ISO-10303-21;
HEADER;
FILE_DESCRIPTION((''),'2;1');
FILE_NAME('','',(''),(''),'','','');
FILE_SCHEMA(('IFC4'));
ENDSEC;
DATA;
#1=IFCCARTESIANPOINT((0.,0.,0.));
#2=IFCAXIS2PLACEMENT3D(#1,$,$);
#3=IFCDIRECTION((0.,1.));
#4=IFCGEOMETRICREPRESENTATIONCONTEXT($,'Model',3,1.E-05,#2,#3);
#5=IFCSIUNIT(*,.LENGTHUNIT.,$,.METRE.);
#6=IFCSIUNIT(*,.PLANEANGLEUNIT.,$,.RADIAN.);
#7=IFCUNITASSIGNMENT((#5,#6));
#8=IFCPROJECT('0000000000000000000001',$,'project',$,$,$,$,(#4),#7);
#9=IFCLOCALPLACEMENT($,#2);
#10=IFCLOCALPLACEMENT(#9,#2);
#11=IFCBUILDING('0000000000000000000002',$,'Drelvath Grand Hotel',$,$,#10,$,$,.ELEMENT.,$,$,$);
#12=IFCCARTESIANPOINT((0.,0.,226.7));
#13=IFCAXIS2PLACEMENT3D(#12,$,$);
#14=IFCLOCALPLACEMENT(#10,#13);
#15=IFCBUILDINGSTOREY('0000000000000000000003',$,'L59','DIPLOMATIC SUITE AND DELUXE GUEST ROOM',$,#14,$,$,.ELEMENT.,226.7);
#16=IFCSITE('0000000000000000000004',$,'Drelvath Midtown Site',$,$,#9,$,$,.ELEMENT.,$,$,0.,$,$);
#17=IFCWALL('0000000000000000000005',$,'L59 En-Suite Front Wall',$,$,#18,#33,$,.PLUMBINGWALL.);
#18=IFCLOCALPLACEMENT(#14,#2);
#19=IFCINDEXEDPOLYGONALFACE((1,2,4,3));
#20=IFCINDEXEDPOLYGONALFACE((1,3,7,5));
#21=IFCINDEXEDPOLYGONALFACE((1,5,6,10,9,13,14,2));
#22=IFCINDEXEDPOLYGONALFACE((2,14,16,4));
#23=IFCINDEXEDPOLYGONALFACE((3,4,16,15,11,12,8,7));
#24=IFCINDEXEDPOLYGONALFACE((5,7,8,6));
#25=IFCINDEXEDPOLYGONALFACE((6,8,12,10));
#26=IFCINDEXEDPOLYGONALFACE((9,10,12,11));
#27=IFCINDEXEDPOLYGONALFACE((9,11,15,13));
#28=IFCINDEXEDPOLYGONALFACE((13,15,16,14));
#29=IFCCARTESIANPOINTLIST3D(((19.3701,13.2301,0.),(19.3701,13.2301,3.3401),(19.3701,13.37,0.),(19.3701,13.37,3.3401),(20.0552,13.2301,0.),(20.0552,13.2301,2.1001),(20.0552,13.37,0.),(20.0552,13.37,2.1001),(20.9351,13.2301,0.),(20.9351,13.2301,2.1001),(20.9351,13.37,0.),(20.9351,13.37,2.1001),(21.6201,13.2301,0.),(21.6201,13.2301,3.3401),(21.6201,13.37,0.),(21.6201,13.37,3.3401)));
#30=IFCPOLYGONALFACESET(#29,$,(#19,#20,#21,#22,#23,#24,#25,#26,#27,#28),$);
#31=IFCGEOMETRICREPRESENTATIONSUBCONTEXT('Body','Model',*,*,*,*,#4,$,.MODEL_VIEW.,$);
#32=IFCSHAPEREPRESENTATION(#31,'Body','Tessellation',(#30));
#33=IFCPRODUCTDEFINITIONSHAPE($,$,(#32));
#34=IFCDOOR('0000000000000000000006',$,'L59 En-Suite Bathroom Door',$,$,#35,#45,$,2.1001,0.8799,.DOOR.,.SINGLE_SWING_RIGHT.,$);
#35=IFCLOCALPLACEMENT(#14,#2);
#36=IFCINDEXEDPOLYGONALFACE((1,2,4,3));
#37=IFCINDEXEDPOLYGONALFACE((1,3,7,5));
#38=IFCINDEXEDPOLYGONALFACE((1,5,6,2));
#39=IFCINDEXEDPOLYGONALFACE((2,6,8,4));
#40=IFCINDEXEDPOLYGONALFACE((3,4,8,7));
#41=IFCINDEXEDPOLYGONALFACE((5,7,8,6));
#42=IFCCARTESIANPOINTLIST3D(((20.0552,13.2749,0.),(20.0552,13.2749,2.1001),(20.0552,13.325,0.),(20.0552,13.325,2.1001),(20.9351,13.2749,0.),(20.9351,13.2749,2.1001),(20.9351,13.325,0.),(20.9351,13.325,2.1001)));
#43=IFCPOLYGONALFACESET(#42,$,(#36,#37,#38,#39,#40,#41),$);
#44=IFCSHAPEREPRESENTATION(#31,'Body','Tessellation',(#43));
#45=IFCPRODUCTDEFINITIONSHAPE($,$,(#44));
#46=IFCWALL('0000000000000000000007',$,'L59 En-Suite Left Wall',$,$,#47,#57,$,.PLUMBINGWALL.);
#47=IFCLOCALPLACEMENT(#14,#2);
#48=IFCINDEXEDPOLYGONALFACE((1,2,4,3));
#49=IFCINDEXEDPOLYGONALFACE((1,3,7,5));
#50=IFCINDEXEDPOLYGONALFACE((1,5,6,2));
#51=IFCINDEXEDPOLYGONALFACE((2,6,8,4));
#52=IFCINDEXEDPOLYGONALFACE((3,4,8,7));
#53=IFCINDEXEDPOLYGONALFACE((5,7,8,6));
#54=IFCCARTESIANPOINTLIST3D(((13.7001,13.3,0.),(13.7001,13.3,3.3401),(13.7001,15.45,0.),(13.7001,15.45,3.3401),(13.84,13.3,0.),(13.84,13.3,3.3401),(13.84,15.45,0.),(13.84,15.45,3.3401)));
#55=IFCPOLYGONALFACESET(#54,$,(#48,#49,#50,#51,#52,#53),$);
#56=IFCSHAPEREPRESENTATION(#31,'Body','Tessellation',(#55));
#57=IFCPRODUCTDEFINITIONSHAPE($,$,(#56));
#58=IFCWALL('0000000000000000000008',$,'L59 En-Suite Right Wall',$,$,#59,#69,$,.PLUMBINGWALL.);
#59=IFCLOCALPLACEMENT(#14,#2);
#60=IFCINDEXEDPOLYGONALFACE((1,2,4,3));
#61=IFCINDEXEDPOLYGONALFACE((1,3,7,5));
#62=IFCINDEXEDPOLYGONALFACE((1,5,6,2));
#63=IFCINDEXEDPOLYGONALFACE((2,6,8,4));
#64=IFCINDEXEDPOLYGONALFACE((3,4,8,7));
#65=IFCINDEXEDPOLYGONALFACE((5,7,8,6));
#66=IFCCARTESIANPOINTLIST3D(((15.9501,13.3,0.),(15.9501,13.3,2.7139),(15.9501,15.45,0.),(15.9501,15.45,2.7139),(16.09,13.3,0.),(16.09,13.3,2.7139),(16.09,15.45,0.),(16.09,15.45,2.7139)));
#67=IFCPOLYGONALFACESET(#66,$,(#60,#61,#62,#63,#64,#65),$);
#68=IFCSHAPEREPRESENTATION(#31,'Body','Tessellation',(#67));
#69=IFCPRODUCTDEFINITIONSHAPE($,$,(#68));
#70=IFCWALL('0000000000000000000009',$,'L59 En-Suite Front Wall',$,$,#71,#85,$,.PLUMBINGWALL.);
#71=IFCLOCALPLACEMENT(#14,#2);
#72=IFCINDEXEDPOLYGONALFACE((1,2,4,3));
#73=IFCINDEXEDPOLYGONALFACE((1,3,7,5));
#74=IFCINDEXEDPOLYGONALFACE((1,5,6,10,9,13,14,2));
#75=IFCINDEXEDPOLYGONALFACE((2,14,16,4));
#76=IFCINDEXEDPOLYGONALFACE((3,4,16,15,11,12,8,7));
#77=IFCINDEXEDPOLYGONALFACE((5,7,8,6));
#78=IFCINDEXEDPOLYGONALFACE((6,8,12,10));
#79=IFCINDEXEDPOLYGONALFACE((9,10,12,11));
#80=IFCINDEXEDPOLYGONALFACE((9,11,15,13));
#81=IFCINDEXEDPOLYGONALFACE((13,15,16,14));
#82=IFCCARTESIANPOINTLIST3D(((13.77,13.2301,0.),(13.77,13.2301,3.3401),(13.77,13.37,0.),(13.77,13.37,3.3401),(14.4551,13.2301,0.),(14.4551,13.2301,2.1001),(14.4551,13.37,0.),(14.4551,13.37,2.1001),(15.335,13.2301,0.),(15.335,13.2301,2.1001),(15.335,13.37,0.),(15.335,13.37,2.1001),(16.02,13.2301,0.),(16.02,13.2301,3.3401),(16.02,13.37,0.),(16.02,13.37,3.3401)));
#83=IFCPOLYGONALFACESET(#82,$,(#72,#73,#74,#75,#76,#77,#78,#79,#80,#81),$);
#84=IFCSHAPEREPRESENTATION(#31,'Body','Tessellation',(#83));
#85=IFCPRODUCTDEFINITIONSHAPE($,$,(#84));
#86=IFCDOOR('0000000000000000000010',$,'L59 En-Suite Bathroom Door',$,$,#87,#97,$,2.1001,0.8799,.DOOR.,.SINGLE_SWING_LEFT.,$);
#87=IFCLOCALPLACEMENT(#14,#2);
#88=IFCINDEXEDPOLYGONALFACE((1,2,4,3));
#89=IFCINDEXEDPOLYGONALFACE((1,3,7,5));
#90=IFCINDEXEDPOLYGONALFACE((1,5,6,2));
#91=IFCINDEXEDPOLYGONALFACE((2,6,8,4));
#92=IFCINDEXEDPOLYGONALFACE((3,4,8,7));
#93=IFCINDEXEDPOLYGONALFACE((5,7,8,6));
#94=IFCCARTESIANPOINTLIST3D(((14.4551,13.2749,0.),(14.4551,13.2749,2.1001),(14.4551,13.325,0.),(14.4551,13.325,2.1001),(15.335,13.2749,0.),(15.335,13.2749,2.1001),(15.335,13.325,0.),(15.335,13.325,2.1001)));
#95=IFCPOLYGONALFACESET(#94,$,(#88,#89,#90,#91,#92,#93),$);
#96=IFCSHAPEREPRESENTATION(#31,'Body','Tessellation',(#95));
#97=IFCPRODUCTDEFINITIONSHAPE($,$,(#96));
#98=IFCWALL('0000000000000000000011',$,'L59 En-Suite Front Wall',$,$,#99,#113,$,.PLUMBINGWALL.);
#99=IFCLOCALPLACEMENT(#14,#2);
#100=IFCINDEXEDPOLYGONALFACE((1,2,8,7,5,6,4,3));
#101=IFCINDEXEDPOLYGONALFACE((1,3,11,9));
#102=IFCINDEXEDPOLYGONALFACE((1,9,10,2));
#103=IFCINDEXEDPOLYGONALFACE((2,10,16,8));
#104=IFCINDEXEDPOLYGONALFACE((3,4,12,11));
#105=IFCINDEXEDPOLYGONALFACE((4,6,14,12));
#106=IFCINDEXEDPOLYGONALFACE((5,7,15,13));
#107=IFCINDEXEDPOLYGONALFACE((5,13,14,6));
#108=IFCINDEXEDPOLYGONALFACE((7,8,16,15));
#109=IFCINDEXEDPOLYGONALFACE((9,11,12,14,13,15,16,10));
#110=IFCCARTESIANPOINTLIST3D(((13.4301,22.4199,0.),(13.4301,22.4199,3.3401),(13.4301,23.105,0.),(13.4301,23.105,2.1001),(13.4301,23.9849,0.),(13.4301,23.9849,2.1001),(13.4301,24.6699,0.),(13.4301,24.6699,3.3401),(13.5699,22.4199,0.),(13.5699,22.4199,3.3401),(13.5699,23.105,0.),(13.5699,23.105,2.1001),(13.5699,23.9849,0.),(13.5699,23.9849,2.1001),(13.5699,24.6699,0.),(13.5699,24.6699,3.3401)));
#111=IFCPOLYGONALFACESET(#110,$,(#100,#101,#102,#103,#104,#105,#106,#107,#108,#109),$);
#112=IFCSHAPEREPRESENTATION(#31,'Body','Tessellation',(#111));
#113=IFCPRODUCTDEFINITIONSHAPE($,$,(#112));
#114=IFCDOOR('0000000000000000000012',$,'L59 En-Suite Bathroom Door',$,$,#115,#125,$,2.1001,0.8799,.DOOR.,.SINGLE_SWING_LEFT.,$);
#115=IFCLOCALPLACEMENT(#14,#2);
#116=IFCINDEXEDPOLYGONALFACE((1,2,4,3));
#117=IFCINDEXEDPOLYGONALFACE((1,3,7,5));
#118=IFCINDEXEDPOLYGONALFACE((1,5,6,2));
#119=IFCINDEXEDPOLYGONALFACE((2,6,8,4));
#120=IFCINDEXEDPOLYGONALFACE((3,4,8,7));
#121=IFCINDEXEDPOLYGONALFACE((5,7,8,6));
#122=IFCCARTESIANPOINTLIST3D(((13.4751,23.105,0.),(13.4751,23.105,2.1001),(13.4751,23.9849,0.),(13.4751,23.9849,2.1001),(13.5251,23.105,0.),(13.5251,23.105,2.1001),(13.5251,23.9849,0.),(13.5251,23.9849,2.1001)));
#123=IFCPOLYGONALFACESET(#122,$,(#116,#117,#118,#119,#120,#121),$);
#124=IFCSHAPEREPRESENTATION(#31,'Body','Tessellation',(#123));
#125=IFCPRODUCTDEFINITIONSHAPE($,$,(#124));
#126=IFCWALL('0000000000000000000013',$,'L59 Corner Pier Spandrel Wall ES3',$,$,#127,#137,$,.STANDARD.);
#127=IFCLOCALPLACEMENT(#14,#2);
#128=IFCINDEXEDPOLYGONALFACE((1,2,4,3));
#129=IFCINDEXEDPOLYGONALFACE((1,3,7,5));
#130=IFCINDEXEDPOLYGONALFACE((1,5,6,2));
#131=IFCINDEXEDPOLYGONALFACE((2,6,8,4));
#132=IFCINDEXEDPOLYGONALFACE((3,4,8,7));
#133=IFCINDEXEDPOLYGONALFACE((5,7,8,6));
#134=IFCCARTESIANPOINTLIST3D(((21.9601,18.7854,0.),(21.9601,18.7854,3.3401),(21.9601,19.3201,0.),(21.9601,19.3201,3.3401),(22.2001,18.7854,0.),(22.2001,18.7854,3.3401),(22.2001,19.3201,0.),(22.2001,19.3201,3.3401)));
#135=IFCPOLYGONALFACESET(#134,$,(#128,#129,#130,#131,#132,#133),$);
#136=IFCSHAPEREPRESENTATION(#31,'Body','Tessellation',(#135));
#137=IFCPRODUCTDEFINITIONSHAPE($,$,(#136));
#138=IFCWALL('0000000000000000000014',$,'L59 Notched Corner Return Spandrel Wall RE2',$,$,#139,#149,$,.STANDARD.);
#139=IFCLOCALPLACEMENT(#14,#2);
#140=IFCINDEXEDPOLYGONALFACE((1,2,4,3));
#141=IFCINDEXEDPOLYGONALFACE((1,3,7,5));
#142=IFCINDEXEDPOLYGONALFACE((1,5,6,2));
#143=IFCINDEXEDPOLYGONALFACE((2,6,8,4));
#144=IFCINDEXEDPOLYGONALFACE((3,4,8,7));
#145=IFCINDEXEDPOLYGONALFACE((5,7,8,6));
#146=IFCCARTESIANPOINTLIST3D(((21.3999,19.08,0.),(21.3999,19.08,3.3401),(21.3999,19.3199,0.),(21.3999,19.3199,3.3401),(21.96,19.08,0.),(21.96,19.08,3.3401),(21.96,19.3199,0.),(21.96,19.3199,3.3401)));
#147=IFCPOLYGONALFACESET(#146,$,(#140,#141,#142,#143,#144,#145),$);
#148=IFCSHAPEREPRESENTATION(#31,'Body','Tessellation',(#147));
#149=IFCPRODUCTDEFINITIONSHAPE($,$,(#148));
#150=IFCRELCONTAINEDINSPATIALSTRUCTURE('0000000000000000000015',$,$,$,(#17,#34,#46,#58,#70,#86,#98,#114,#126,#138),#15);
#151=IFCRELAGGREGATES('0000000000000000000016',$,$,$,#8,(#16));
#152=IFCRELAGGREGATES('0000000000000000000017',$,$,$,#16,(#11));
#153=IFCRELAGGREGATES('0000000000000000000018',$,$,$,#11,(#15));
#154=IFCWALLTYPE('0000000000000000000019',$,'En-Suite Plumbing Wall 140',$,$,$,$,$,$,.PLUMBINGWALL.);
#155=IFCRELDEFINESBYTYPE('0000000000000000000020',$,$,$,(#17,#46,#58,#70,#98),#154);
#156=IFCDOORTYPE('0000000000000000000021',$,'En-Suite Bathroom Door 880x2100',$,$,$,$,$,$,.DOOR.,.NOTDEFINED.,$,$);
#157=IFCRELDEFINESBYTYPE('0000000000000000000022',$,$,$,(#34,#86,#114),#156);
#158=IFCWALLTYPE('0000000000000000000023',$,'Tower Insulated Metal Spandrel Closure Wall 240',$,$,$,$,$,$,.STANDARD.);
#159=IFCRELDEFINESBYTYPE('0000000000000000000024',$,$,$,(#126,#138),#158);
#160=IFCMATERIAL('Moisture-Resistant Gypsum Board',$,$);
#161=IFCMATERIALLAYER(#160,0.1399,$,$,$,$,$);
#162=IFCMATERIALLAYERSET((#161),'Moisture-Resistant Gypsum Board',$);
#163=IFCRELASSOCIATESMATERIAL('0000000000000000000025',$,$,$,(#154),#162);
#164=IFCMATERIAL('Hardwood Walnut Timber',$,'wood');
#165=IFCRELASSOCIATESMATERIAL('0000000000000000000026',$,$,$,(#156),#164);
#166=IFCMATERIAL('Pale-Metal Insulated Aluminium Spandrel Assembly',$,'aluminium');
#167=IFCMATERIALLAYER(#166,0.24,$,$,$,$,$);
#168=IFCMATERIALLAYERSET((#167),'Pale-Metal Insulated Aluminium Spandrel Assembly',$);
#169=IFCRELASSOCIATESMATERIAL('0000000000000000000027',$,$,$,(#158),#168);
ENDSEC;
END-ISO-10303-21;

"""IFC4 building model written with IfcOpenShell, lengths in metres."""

from ifc_helpers import new_model, si_unit, direction, frame, frame_2d, origin, place, context, subcontext, project, spatial, rectangle, extrude, material, layer, layer_set, type_object, element, fill, save


model = new_model("IFC4")

# Units and contexts
model_context = context("Model", 3, precision=1e-05, world=origin(), true_north=direction((0.0, 1.0)))
body_context = subcontext(model_context, "Body", "Model", "MODEL_VIEW")
ifc_project = project(units=[si_unit("LENGTHUNIT", "METRE"), si_unit("PLANEANGLEUNIT", "RADIAN")], contexts=[model_context])

# Site, building, storey
site_placement = place(None, origin())
site = spatial("IfcSite", under=ifc_project, at=site_placement, Name="Drelvath Midtown Site", CompositionType="ELEMENT", RefElevation=0.0)
building_placement = place(site_placement, origin())
building = spatial("IfcBuilding", under=site, at=building_placement, Name="Drelvath Grand Hotel", CompositionType="ELEMENT")
storey_placement = place(building_placement, frame((0.0, 0.0, 226.7)))
storey = spatial("IfcBuildingStorey", under=building, at=storey_placement, Name="L59", Description="DIPLOMATIC SUITE AND DELUXE GUEST ROOM", CompositionType="ELEMENT", Elevation=226.7)

# Shared definitions
ifc_material_1 = material(Name="Moisture-Resistant Gypsum Board")
ifc_layer_1 = layer(ifc_material_1, 0.1399)
ifc_layer_set_1 = layer_set([ifc_layer_1], Name="Moisture-Resistant Gypsum Board")
wall_type_1 = type_object("IfcWallType", Name="En-Suite Plumbing Wall 140", PredefinedType="PLUMBINGWALL", material=ifc_layer_set_1)

# Wall, opening, door
wall_1_placement = place(storey_placement, frame((19.3701, 13.3, 0.0), z_axis=(0.0, 0.0, 1.0), x_axis=(1.0, 0.0, 0.0)))
wall_1 = element("IfcWall", 1, at=wall_1_placement, inside=storey, type_object=wall_type_1, Name="L59 En-Suite Front Wall", PredefinedType="PLUMBINGWALL", context=body_context, shape_type="SweptSolid", body=[
    extrude(rectangle(XDim=2.25, YDim=0.1399, at=frame_2d((1.125, 0.0))), origin(), (0.0, 0.0, 1.0), 3.3401),
])
opening_1_placement = place(wall_1_placement, frame((0.6851, 0.0, 0.0)))
opening_1 = element("IfcOpeningElement", 2, at=opening_1_placement, cuts=wall_1, PredefinedType="OPENING", context=body_context, shape_type="SweptSolid", body=[
    extrude(rectangle(XDim=0.8799, YDim=2.1001, at=frame_2d((0.4399, 1.05))), frame((0.0, 0.0798, 0.0), z_axis=(0.0, -1.0, 0.0), x_axis=(1.0, 0.0, 0.0)), (0.0, 0.0, 1.0), 0.1599),
])
ifc_material_2 = material(Name="Hardwood Walnut Timber", Category="wood")
door_type = type_object("IfcDoorType", Name="En-Suite Bathroom Door 880x2100", OperationType="NOTDEFINED", PredefinedType="DOOR", material=ifc_material_2)
door_1_placement = place(opening_1_placement, origin())
door_1 = element("IfcDoor", 3, at=door_1_placement, inside=storey, type_object=door_type, Name="L59 En-Suite Bathroom Door", OperationType="SINGLE_SWING_RIGHT", OverallHeight=2.1001, OverallWidth=0.8799, PredefinedType="DOOR", context=body_context, shape_type="SweptSolid", body=[
    extrude(rectangle(XDim=0.8799, YDim=2.1001, at=frame_2d((0.4399, 1.05))), frame((0.0, 0.0249, 0.0), z_axis=(0.0, -1.0, 0.0), x_axis=(1.0, 0.0, 0.0)), (0.0, 0.0, 1.0), 0.05),
])
fill(opening_1, door_1)

# Walls
wall_2_placement = place(storey_placement, frame((13.77, 15.45, 0.0), z_axis=(0.0, 0.0, 1.0), x_axis=(0.0, -1.0, 0.0)))
element("IfcWall", 4, at=wall_2_placement, inside=storey, type_object=wall_type_1, Name="L59 En-Suite Left Wall", PredefinedType="PLUMBINGWALL", context=body_context, shape_type="SweptSolid", body=[
    extrude(rectangle(XDim=2.1499, YDim=0.1399, at=frame_2d((1.075, 0.0))), origin(), (0.0, 0.0, 1.0), 3.3401),
])
wall_3_placement = place(storey_placement, frame((16.02, 15.45, 0.0), z_axis=(0.0, 0.0, 1.0), x_axis=(0.0, -1.0, 0.0)))
element("IfcWall", 5, at=wall_3_placement, inside=storey, type_object=wall_type_1, Name="L59 En-Suite Right Wall", PredefinedType="PLUMBINGWALL", context=body_context, shape_type="SweptSolid", body=[
    extrude(rectangle(XDim=2.1499, YDim=0.1399, at=frame_2d((1.075, 0.0))), origin(), (0.0, 0.0, 1.0), 2.7139),
])

# Walls, openings, doors
wall_4_placement = place(storey_placement, frame((13.77, 13.3, 0.0), z_axis=(0.0, 0.0, 1.0), x_axis=(1.0, 0.0, 0.0)))
wall_4 = element("IfcWall", 6, at=wall_4_placement, inside=storey, type_object=wall_type_1, Name="L59 En-Suite Front Wall", PredefinedType="PLUMBINGWALL", context=body_context, shape_type="SweptSolid", body=[
    extrude(rectangle(XDim=2.25, YDim=0.1399, at=frame_2d((1.125, 0.0))), origin(), (0.0, 0.0, 1.0), 3.3401),
])
opening_2_placement = place(wall_4_placement, frame((0.6851, 0.0, 0.0)))
opening_2 = element("IfcOpeningElement", 7, at=opening_2_placement, cuts=wall_4, PredefinedType="OPENING", context=body_context, shape_type="SweptSolid", body=[
    extrude(rectangle(XDim=0.8799, YDim=2.1001, at=frame_2d((0.4399, 1.05))), frame((0.0, 0.0798, 0.0), z_axis=(0.0, -1.0, 0.0), x_axis=(1.0, 0.0, 0.0)), (0.0, 0.0, 1.0), 0.1599),
])
door_2_placement = place(opening_2_placement, origin())
door_2 = element("IfcDoor", 8, at=door_2_placement, inside=storey, type_object=door_type, Name="L59 En-Suite Bathroom Door", OperationType="SINGLE_SWING_LEFT", OverallHeight=2.1001, OverallWidth=0.8799, PredefinedType="DOOR", context=body_context, shape_type="SweptSolid", body=[
    extrude(rectangle(XDim=0.8799, YDim=2.1001, at=frame_2d((0.4399, 1.05))), frame((0.0, 0.0249, 0.0), z_axis=(0.0, -1.0, 0.0), x_axis=(1.0, 0.0, 0.0)), (0.0, 0.0, 1.0), 0.05),
])
fill(opening_2, door_2)
wall_5_placement = place(storey_placement, frame((13.5, 22.4199, 0.0), z_axis=(0.0, 0.0, 1.0), x_axis=(0.0, 1.0, 0.0)))
wall_5 = element("IfcWall", 9, at=wall_5_placement, inside=storey, type_object=wall_type_1, Name="L59 En-Suite Front Wall", PredefinedType="PLUMBINGWALL", context=body_context, shape_type="SweptSolid", body=[
    extrude(rectangle(XDim=2.25, YDim=0.1399, at=frame_2d((1.125, 0.0))), origin(), (0.0, 0.0, 1.0), 3.3401),
])
opening_3_placement = place(wall_5_placement, frame((0.6851, 0.0, 0.0)))
opening_3 = element("IfcOpeningElement", 10, at=opening_3_placement, cuts=wall_5, PredefinedType="OPENING", context=body_context, shape_type="SweptSolid", body=[
    extrude(rectangle(XDim=0.8799, YDim=2.1001, at=frame_2d((0.4399, 1.05))), frame((0.0, 0.0798, 0.0), z_axis=(0.0, -1.0, 0.0), x_axis=(1.0, 0.0, 0.0)), (0.0, 0.0, 1.0), 0.1599),
])
door_3_placement = place(opening_3_placement, origin())
door_3 = element("IfcDoor", 11, at=door_3_placement, inside=storey, type_object=door_type, Name="L59 En-Suite Bathroom Door", OperationType="SINGLE_SWING_LEFT", OverallHeight=2.1001, OverallWidth=0.8799, PredefinedType="DOOR", context=body_context, shape_type="SweptSolid", body=[
    extrude(rectangle(XDim=0.8799, YDim=2.1001, at=frame_2d((0.4399, 1.05))), frame((0.0, 0.0249, 0.0), z_axis=(0.0, -1.0, 0.0), x_axis=(1.0, 0.0, 0.0)), (0.0, 0.0, 1.0), 0.05),
])
fill(opening_3, door_3)

# Walls
ifc_material_3 = material(Name="Pale-Metal Insulated Aluminium Spandrel Assembly", Category="aluminium")
ifc_layer_2 = layer(ifc_material_3, 0.24)
ifc_layer_set_2 = layer_set([ifc_layer_2], Name="Pale-Metal Insulated Aluminium Spandrel Assembly")
wall_type_2 = type_object("IfcWallType", Name="Tower Insulated Metal Spandrel Closure Wall 240", PredefinedType="STANDARD", material=ifc_layer_set_2)
wall_6_placement = place(storey_placement, frame((22.0801, 19.3201, 0.0), z_axis=(0.0, 0.0, 1.0), x_axis=(0.0, -1.0, 0.0)))
element("IfcWall", 12, at=wall_6_placement, inside=storey, type_object=wall_type_2, Name="L59 Corner Pier Spandrel Wall ES3", PredefinedType="STANDARD", context=body_context, shape_type="SweptSolid", body=[
    extrude(rectangle(XDim=0.5347, YDim=0.24, at=frame_2d((0.2673, 0.0))), origin(), (0.0, 0.0, 1.0), 3.3401),
])
wall_7_placement = place(storey_placement, frame((21.3999, 19.2, 0.0), z_axis=(0.0, 0.0, 1.0), x_axis=(1.0, 0.0, 0.0)))
element("IfcWall", 13, at=wall_7_placement, inside=storey, type_object=wall_type_2, Name="L59 Notched Corner Return Spandrel Wall RE2", PredefinedType="STANDARD", context=body_context, shape_type="SweptSolid", body=[
    extrude(rectangle(XDim=0.5601, YDim=0.24, at=frame_2d((0.28, 0.0))), origin(), (0.0, 0.0, 1.0), 3.3401),
])

save(model, "model.ifc")
